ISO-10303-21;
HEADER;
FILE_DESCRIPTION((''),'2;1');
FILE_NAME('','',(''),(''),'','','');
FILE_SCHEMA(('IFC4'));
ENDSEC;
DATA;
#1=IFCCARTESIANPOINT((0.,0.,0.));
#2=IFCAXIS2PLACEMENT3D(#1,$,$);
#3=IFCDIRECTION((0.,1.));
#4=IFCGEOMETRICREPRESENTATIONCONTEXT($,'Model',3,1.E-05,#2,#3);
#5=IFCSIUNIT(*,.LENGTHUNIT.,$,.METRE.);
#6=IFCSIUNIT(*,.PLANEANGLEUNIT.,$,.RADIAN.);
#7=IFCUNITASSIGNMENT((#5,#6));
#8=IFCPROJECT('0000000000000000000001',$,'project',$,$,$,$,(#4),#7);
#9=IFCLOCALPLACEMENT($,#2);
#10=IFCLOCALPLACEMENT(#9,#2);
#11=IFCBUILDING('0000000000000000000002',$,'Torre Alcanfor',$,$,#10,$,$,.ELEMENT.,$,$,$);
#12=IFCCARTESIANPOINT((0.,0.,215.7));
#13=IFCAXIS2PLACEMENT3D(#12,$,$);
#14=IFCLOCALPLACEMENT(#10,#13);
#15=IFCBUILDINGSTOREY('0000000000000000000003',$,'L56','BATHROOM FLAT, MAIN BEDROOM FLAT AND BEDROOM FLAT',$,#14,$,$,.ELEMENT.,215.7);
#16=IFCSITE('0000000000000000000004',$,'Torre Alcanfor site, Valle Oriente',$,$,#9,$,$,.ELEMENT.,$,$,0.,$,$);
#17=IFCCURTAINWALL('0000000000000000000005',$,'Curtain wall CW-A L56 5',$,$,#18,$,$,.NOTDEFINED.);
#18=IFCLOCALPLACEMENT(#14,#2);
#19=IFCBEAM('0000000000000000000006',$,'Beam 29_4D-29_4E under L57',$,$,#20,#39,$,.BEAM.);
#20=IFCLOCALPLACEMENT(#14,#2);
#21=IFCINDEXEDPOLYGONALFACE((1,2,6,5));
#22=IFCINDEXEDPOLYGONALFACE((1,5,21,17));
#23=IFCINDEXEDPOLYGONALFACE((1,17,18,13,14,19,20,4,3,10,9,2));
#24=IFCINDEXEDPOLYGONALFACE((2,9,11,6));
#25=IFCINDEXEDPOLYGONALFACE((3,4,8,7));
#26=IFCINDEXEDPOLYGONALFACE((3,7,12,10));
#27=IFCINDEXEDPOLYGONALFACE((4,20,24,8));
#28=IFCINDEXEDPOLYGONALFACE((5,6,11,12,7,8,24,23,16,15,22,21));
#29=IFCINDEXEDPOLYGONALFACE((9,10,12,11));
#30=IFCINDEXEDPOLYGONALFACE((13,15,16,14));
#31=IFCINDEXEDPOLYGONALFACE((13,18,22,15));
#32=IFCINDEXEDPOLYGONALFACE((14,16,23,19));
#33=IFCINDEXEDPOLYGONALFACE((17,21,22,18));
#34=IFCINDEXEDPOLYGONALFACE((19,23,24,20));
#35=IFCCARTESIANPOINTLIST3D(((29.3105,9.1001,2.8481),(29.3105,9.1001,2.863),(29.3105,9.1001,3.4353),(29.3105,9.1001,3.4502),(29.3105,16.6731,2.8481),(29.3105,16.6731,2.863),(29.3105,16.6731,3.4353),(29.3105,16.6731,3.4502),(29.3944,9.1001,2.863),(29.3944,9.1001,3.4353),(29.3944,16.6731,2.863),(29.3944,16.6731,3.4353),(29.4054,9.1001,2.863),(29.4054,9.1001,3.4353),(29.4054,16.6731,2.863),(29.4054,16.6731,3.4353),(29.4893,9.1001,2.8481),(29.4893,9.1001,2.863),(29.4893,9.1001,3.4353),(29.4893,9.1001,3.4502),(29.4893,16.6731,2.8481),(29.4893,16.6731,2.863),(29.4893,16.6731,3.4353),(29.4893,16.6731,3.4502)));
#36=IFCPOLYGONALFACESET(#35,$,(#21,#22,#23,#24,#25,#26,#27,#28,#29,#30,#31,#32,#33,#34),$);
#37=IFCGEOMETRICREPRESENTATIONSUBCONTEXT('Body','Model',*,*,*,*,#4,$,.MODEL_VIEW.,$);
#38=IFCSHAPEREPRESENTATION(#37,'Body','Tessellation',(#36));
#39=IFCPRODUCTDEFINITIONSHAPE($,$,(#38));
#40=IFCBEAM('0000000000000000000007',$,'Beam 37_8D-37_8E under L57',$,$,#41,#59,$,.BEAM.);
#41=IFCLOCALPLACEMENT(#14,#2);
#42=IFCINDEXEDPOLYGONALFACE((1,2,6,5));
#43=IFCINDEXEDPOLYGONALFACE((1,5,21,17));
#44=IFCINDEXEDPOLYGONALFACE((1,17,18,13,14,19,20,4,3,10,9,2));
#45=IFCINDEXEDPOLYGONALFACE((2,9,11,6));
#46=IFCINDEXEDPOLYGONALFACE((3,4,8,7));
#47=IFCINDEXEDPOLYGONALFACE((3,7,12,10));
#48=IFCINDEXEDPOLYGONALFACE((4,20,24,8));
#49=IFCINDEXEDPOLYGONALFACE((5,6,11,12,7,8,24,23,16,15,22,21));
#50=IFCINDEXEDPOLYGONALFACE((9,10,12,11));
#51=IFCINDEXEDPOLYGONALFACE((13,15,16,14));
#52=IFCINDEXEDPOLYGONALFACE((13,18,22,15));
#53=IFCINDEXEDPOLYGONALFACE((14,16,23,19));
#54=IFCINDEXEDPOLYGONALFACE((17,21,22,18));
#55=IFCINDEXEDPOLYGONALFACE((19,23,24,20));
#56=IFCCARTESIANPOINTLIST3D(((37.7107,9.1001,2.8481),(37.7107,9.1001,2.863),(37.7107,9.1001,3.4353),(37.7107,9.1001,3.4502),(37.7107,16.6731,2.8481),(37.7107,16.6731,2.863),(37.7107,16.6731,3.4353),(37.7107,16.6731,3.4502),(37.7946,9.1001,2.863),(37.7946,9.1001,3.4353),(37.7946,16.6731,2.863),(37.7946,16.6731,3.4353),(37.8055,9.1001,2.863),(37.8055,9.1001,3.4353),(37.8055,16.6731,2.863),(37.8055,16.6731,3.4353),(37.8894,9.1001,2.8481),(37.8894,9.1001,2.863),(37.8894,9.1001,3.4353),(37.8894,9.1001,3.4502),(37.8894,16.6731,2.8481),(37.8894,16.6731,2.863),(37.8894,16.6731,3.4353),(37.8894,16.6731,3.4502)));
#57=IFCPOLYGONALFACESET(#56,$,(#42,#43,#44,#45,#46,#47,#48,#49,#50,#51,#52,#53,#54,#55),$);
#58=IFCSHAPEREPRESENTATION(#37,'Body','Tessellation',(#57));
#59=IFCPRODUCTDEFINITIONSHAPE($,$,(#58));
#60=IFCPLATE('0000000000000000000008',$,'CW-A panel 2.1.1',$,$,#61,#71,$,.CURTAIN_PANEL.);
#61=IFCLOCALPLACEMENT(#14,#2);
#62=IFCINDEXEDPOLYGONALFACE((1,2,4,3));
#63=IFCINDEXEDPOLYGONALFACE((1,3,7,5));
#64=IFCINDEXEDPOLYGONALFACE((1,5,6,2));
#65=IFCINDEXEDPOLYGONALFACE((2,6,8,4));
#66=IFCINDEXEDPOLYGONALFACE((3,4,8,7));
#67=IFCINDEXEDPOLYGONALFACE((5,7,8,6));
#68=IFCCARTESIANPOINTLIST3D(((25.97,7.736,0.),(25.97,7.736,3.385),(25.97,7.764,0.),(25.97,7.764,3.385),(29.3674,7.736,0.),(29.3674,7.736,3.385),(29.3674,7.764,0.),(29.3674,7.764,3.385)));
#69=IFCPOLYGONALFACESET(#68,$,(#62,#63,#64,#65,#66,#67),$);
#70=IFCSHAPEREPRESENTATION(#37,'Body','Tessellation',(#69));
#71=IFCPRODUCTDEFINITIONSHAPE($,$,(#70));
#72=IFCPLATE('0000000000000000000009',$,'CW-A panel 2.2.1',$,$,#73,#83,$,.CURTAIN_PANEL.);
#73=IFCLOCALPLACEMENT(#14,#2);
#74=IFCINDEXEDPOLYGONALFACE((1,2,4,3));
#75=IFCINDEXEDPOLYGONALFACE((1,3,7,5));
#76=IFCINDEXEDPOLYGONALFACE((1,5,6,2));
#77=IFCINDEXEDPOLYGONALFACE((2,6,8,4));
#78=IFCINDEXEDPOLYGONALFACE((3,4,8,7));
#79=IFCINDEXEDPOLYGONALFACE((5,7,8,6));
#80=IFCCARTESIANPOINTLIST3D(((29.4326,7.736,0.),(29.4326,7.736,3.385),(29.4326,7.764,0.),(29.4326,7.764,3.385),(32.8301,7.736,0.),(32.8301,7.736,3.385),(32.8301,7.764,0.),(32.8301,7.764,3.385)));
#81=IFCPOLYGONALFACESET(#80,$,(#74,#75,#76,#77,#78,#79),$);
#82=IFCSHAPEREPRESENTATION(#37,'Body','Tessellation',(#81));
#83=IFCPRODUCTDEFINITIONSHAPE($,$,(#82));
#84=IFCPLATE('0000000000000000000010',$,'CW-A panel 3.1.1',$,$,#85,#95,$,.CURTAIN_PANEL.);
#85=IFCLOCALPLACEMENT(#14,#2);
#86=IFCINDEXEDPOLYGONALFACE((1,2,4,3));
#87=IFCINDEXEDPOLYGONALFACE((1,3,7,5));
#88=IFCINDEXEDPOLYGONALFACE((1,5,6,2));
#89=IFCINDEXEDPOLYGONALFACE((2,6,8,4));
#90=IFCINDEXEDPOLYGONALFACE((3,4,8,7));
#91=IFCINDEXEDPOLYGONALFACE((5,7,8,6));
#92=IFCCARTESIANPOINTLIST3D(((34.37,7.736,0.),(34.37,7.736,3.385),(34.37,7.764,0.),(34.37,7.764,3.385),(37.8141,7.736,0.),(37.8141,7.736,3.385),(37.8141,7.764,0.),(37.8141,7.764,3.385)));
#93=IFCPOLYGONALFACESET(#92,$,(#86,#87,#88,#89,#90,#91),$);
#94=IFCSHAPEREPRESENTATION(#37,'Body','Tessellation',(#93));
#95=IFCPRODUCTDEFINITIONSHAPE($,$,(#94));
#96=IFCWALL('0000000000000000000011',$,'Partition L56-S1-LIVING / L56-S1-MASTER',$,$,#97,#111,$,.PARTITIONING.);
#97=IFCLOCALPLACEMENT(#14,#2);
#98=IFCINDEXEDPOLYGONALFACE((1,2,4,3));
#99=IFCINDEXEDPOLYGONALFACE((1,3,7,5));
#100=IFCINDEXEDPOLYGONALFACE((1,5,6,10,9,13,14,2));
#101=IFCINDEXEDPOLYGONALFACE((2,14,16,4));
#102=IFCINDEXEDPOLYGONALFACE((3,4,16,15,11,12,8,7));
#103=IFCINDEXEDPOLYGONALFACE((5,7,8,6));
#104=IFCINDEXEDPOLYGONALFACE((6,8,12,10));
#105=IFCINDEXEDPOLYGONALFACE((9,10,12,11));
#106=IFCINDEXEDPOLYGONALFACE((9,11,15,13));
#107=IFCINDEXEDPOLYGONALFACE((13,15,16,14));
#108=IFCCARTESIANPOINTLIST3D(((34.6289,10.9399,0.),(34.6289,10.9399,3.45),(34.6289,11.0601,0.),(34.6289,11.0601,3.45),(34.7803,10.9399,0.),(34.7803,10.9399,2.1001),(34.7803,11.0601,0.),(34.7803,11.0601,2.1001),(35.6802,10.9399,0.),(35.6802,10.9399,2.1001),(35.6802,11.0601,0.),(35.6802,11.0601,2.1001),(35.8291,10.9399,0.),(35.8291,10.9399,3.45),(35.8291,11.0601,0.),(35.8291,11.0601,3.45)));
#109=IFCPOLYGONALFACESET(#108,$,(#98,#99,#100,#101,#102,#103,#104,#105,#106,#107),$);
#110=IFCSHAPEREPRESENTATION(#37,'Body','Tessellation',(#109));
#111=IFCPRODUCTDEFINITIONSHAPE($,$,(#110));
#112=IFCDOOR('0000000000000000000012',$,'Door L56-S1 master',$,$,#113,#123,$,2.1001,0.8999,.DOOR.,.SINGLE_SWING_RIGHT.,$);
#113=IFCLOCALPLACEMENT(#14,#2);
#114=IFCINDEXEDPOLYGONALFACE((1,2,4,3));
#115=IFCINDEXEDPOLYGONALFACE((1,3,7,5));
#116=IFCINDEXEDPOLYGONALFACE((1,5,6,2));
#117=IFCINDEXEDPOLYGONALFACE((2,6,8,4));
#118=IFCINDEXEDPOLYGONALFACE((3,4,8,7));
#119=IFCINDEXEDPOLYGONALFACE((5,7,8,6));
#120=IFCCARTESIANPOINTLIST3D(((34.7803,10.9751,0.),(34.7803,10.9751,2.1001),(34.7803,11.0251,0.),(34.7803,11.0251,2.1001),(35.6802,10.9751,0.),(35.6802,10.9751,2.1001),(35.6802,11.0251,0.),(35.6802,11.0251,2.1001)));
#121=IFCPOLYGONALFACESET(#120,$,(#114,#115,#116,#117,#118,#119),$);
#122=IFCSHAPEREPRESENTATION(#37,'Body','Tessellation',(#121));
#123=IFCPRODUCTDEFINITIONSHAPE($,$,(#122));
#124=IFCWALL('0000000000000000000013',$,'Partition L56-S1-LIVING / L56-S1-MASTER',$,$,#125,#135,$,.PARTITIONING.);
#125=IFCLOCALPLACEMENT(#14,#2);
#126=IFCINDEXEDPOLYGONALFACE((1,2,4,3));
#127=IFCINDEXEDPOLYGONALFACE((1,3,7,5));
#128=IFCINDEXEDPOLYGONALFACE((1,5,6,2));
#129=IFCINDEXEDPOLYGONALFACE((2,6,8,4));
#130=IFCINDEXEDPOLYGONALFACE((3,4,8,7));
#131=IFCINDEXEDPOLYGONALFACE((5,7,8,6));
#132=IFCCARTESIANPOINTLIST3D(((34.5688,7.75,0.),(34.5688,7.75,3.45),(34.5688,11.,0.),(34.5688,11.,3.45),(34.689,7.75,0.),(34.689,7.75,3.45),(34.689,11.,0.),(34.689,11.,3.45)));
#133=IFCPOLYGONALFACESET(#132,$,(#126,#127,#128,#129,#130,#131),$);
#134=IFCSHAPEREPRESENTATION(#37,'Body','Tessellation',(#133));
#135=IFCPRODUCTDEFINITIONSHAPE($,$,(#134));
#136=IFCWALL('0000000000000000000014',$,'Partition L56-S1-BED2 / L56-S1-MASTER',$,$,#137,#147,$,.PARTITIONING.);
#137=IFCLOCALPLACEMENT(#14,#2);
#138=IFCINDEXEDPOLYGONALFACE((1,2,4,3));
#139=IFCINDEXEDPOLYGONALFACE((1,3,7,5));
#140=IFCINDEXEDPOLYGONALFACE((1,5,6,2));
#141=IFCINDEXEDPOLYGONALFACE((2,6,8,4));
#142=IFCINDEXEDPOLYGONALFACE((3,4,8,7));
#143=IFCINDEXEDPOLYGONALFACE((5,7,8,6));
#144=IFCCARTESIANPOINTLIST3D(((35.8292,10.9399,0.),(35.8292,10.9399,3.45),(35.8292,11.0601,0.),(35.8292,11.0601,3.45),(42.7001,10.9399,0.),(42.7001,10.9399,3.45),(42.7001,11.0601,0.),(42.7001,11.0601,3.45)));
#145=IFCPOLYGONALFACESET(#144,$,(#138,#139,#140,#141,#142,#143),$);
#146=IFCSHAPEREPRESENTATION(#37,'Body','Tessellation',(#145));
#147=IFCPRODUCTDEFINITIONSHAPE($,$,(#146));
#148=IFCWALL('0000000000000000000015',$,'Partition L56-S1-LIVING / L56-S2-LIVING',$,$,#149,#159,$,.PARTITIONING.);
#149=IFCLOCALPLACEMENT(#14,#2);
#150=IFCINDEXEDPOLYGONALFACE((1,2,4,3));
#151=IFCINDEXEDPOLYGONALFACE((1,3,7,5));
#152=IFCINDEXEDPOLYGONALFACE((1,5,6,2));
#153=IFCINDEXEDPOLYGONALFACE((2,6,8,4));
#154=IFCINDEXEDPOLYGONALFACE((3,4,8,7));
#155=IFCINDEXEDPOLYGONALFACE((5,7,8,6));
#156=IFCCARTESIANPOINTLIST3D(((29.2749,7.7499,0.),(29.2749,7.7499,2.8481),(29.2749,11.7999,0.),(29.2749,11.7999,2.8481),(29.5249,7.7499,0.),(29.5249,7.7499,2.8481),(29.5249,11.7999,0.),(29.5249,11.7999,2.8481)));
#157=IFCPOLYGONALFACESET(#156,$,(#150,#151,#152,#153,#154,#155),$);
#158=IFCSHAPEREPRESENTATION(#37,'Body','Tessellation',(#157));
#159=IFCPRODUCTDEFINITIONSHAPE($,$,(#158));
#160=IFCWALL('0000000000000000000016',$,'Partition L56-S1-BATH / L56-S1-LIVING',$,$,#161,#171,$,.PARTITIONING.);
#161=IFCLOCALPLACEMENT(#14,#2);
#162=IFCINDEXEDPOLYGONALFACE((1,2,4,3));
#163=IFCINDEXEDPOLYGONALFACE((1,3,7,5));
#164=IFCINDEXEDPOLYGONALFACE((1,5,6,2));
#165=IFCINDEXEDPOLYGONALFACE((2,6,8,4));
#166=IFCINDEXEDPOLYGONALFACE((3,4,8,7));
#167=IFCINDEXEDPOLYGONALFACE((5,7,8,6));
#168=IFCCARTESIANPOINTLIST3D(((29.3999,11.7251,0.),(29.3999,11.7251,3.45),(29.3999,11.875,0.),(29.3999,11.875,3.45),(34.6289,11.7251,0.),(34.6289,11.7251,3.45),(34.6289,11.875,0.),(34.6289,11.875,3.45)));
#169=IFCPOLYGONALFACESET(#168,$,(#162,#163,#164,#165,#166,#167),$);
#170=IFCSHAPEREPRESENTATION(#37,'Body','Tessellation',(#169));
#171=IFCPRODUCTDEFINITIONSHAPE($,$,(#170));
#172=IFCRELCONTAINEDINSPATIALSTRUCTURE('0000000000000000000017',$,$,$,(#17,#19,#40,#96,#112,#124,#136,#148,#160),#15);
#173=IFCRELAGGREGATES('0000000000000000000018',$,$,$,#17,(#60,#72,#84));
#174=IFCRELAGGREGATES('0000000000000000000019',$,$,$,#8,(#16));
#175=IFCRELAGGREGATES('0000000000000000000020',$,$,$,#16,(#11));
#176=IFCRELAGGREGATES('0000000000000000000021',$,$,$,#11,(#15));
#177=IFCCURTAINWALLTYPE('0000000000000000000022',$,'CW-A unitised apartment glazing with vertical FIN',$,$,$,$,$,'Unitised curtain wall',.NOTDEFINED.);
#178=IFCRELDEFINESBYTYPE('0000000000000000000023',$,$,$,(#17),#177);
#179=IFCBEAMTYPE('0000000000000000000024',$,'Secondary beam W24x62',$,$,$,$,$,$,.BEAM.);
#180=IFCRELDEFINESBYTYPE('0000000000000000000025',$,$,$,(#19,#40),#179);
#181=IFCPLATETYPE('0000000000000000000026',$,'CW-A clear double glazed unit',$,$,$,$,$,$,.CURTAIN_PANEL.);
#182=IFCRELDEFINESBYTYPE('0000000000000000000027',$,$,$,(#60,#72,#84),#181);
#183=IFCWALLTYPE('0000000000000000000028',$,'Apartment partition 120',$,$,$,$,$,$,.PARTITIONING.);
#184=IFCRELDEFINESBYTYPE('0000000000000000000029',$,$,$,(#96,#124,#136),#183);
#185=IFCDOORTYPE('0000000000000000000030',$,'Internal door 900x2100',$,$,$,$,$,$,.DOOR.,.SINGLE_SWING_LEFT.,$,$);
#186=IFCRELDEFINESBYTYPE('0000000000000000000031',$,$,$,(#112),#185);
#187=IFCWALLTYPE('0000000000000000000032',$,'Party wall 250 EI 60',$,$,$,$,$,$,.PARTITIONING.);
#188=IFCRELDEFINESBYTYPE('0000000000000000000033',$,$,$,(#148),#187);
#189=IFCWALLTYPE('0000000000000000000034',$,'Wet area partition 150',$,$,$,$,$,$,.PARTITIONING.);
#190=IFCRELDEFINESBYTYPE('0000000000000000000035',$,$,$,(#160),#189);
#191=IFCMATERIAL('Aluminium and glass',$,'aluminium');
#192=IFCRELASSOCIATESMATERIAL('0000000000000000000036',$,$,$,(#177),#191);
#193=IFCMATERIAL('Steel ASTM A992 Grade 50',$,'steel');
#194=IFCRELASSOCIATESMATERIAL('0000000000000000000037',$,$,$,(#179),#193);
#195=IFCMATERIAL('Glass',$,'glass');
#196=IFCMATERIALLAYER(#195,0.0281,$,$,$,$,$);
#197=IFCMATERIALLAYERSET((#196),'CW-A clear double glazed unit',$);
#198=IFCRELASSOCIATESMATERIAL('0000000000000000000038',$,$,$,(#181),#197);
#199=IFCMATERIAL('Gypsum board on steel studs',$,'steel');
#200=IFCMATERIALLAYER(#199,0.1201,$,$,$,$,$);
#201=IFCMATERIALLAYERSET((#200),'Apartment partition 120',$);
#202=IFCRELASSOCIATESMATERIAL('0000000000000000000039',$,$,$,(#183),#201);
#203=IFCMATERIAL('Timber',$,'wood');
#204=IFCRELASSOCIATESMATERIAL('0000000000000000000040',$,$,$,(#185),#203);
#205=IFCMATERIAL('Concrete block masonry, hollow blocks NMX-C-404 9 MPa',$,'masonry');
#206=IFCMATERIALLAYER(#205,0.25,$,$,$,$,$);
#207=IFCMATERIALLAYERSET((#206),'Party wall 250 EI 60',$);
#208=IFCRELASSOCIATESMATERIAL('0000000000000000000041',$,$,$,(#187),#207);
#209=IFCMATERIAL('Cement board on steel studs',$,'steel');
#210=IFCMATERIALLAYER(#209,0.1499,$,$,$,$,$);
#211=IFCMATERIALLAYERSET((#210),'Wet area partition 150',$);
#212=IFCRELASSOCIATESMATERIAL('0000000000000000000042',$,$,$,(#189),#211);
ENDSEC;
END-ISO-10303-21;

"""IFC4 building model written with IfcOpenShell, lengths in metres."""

from ifc_helpers import new_model, si_unit, direction, frame, frame_2d, origin, origin_2d, place, context, subcontext, project, spatial, rectangle, i_section, extrude, material, layer, layer_set, material_profile, profile_set, type_object, element, fill, aggregate, save


model = new_model("IFC4")

# Units and contexts
model_context = context("Model", 3, precision=1e-05, world=origin(), true_north=direction((0.0, 1.0)))
body_context = subcontext(model_context, "Body", "Model", "MODEL_VIEW")
ifc_project = project(units=[si_unit("LENGTHUNIT", "METRE"), si_unit("PLANEANGLEUNIT", "RADIAN")], contexts=[model_context])

# Site, building, storey
site_placement = place(None, origin())
site = spatial("IfcSite", under=ifc_project, at=site_placement, Name="Torre Alcanfor site, Valle Oriente", CompositionType="ELEMENT", RefElevation=0.0)
building_placement = place(site_placement, origin())
building = spatial("IfcBuilding", under=site, at=building_placement, Name="Torre Alcanfor", CompositionType="ELEMENT")
storey_placement = place(building_placement, frame((0.0, 0.0, 215.7)))
storey = spatial("IfcBuildingStorey", under=building, at=storey_placement, Name="L56", Description="BATHROOM FLAT, MAIN BEDROOM FLAT AND BEDROOM FLAT", CompositionType="ELEMENT", Elevation=215.7)

# Curtain wall
ifc_material_1 = material(Name="Aluminium and glass", Category="aluminium")
curtain_wall_type = type_object("IfcCurtainWallType", Name="CW-A unitised apartment glazing with vertical FIN", ElementType="Unitised curtain wall", PredefinedType="NOTDEFINED", material=ifc_material_1)
curtain_wall_placement = place(storey_placement, origin())
curtain_wall = element("IfcCurtainWall", 1, at=curtain_wall_placement, inside=storey, type_object=curtain_wall_type, Name="Curtain wall CW-A L56 5", PredefinedType="NOTDEFINED")

# Beams
ifc_material_2 = material(Name="Steel ASTM A992 Grade 50", Category="steel")
ifc_material_profile_1 = material_profile(ifc_material_2, i_section(OverallWidth=0.1787, OverallDepth=0.6021, WebThickness=0.011, FlangeThickness=0.0149, at=origin_2d()), Name="W24x62")
ifc_profile_set_1 = profile_set([ifc_material_profile_1], Name="Steel ASTM A992 Grade 50")
beam_type_1 = type_object("IfcBeamType", Name="Secondary beam W24x62", PredefinedType="BEAM", material=ifc_profile_set_1)
for number, where, z_axis, x_axis, name in (
    (2, (29.3999, 9.1001, 3.1492), (0.0, 1.0, 0.0), (-1.0, 0.0, 0.0), "Beam 29_4D-29_4E under L57"),
    (3, (37.8, 9.1001, 3.1492), (0.0, 1.0, 0.0), (-1.0, 0.0, 0.0), "Beam 37_8D-37_8E under L57"),
):
    element("IfcBeam", number, at=place(storey_placement, frame(where, z_axis=z_axis, x_axis=x_axis)), inside=storey, type_object=beam_type_1, Name=name, PredefinedType="BEAM", context=body_context, shape_type="SweptSolid", body=[
        extrude(i_section(OverallWidth=0.1787, OverallDepth=0.6021, WebThickness=0.011, FlangeThickness=0.0149, at=origin_2d()), origin(), (0.0, 0.0, 1.0), 7.573),
    ])

# Plates
ifc_material_3 = material(Name="Glass", Category="glass")
ifc_layer_1 = layer(ifc_material_3, 0.0281)
ifc_layer_set_1 = layer_set([ifc_layer_1], Name="CW-A clear double glazed unit")
plate_type = type_object("IfcPlateType", Name="CW-A clear double glazed unit", PredefinedType="CURTAIN_PANEL", material=ifc_layer_set_1)
plate_1_placement = place(storey_placement, frame((27.6687, 7.75, 0.0), z_axis=(0.0, 0.0, 1.0), x_axis=(1.0, 0.0, 0.0)))
plate_1 = element("IfcPlate", 4, at=plate_1_placement, type_object=plate_type, Name="CW-A panel 2.1.1", PredefinedType="CURTAIN_PANEL", context=body_context, shape_type="SweptSolid", body=[
    extrude(rectangle(XDim=3.3975, YDim=0.0281, at=origin_2d()), origin(), (0.0, 0.0, 1.0), 3.385),
])
plate_2_placement = place(storey_placement, frame((31.1313, 7.75, 0.0), z_axis=(0.0, 0.0, 1.0), x_axis=(1.0, 0.0, 0.0)))
plate_2 = element("IfcPlate", 5, at=plate_2_placement, type_object=plate_type, Name="CW-A panel 2.2.1", PredefinedType="CURTAIN_PANEL", context=body_context, shape_type="SweptSolid", body=[
    extrude(rectangle(XDim=3.3975, YDim=0.0281, at=origin_2d()), origin(), (0.0, 0.0, 1.0), 3.385),
])
plate_3_placement = place(storey_placement, frame((36.092, 7.75, 0.0), z_axis=(0.0, 0.0, 1.0), x_axis=(1.0, 0.0, 0.0)))
plate_3 = element("IfcPlate", 6, at=plate_3_placement, type_object=plate_type, Name="CW-A panel 3.1.1", PredefinedType="CURTAIN_PANEL", context=body_context, shape_type="SweptSolid", body=[
    extrude(rectangle(XDim=3.4441, YDim=0.0281, at=origin_2d()), origin(), (0.0, 0.0, 1.0), 3.385),
])
aggregate(curtain_wall, [plate_1, plate_2, plate_3])

# Wall, opening, door
ifc_material_4 = material(Name="Gypsum board on steel studs", Category="steel")
ifc_layer_2 = layer(ifc_material_4, 0.1201)
ifc_layer_set_2 = layer_set([ifc_layer_2], Name="Apartment partition 120")
wall_type_1 = type_object("IfcWallType", Name="Apartment partition 120", PredefinedType="PARTITIONING", material=ifc_layer_set_2)
wall_1_placement = place(storey_placement, frame((35.8291, 11.0, 0.0), z_axis=(0.0, 0.0, 1.0), x_axis=(-1.0, 0.0, 0.0)))
wall_1 = element("IfcWall", 7, at=wall_1_placement, inside=storey, type_object=wall_type_1, Name="Partition L56-S1-LIVING / L56-S1-MASTER", PredefinedType="PARTITIONING", context=body_context, shape_type="SweptSolid", body=[
    extrude(rectangle(XDim=1.2002, YDim=0.1201, at=frame_2d((0.6001, 0.0))), origin(), (0.0, 0.0, 1.0), 3.45),
])
opening_1_placement = place(wall_1_placement, frame((0.1489, 0.0, 0.0)))
opening_1 = element("IfcOpeningElement", 8, at=opening_1_placement, cuts=wall_1, PredefinedType="OPENING", context=body_context, shape_type="SweptSolid", body=[
    extrude(rectangle(XDim=0.8999, YDim=2.1001, at=frame_2d((0.45, 1.05))), frame((0.0, 0.0701, 0.0), z_axis=(0.0, -1.0, 0.0), x_axis=(1.0, 0.0, 0.0)), (0.0, 0.0, 1.0), 0.1401),
])
ifc_material_5 = material(Name="Timber", Category="wood")
door_type_1 = type_object("IfcDoorType", Name="Internal door 900x2100", OperationType="SINGLE_SWING_LEFT", PredefinedType="DOOR", material=ifc_material_5)
door_1_placement = place(opening_1_placement, origin())
door_1 = element("IfcDoor", 9, at=door_1_placement, inside=storey, type_object=door_type_1, Name="Door L56-S1 master", OperationType="SINGLE_SWING_RIGHT", OverallHeight=2.1001, OverallWidth=0.8999, PredefinedType="DOOR", context=body_context, shape_type="SweptSolid", body=[
    extrude(rectangle(XDim=0.8999, YDim=2.1001, at=frame_2d((0.45, 1.05))), frame((0.0, 0.0249, 0.0), z_axis=(0.0, -1.0, 0.0), x_axis=(1.0, 0.0, 0.0)), (0.0, 0.0, 1.0), 0.05),
])
fill(opening_1, door_1)

# Walls
wall_2_placement = place(storey_placement, frame((34.6289, 11.0, 0.0), z_axis=(0.0, 0.0, 1.0), x_axis=(0.0, -1.0, 0.0)))
element("IfcWall", 10, at=wall_2_placement, inside=storey, type_object=wall_type_1, Name="Partition L56-S1-LIVING / L56-S1-MASTER", PredefinedType="PARTITIONING", context=body_context, shape_type="SweptSolid", body=[
    extrude(rectangle(XDim=3.25, YDim=0.1201, at=frame_2d((1.625, 0.0))), origin(), (0.0, 0.0, 1.0), 3.45),
])
wall_3_placement = place(storey_placement, frame((35.8291, 11.0, 0.0), z_axis=(0.0, 0.0, 1.0), x_axis=(1.0, 0.0, 0.0)))
element("IfcWall", 11, at=wall_3_placement, inside=storey, type_object=wall_type_1, Name="Partition L56-S1-BED2 / L56-S1-MASTER", PredefinedType="PARTITIONING", context=body_context, shape_type="SweptSolid", body=[
    extrude(rectangle(XDim=6.8708, YDim=0.1201, at=frame_2d((3.4355, 0.0))), origin(), (0.0, 0.0, 1.0), 3.45),
])
ifc_material_6 = material(Name="Concrete block masonry, hollow blocks NMX-C-404 9 MPa", Category="masonry")
ifc_layer_3 = layer(ifc_material_6, 0.25)
ifc_layer_set_3 = layer_set([ifc_layer_3], Name="Party wall 250 EI 60")
wall_type_2 = type_object("IfcWallType", Name="Party wall 250 EI 60", PredefinedType="PARTITIONING", material=ifc_layer_set_3)
wall_4_placement = place(storey_placement, frame((29.3999, 7.75, 0.0), z_axis=(0.0, 0.0, 1.0), x_axis=(0.0, 1.0, 0.0)))
element("IfcWall", 12, at=wall_4_placement, inside=storey, type_object=wall_type_2, Name="Partition L56-S1-LIVING / L56-S2-LIVING", PredefinedType="PARTITIONING", context=body_context, shape_type="SweptSolid", body=[
    extrude(rectangle(XDim=4.05, YDim=0.25, at=frame_2d((2.0249, 0.0))), origin(), (0.0, 0.0, 1.0), 2.8481),
])
ifc_material_7 = material(Name="Cement board on steel studs", Category="steel")
ifc_layer_4 = layer(ifc_material_7, 0.1499)
ifc_layer_set_4 = layer_set([ifc_layer_4], Name="Wet area partition 150")
wall_type_3 = type_object("IfcWallType", Name="Wet area partition 150", PredefinedType="PARTITIONING", material=ifc_layer_set_4)
wall_5_placement = place(storey_placement, frame((29.3999, 11.8, 0.0), z_axis=(0.0, 0.0, 1.0), x_axis=(1.0, 0.0, 0.0)))
element("IfcWall", 13, at=wall_5_placement, inside=storey, type_object=wall_type_3, Name="Partition L56-S1-BATH / L56-S1-LIVING", PredefinedType="PARTITIONING", context=body_context, shape_type="SweptSolid", body=[
    extrude(rectangle(XDim=5.229, YDim=0.1499, at=frame_2d((2.6145, 0.0))), origin(), (0.0, 0.0, 1.0), 3.45),
])

save(model, "model.ifc")
